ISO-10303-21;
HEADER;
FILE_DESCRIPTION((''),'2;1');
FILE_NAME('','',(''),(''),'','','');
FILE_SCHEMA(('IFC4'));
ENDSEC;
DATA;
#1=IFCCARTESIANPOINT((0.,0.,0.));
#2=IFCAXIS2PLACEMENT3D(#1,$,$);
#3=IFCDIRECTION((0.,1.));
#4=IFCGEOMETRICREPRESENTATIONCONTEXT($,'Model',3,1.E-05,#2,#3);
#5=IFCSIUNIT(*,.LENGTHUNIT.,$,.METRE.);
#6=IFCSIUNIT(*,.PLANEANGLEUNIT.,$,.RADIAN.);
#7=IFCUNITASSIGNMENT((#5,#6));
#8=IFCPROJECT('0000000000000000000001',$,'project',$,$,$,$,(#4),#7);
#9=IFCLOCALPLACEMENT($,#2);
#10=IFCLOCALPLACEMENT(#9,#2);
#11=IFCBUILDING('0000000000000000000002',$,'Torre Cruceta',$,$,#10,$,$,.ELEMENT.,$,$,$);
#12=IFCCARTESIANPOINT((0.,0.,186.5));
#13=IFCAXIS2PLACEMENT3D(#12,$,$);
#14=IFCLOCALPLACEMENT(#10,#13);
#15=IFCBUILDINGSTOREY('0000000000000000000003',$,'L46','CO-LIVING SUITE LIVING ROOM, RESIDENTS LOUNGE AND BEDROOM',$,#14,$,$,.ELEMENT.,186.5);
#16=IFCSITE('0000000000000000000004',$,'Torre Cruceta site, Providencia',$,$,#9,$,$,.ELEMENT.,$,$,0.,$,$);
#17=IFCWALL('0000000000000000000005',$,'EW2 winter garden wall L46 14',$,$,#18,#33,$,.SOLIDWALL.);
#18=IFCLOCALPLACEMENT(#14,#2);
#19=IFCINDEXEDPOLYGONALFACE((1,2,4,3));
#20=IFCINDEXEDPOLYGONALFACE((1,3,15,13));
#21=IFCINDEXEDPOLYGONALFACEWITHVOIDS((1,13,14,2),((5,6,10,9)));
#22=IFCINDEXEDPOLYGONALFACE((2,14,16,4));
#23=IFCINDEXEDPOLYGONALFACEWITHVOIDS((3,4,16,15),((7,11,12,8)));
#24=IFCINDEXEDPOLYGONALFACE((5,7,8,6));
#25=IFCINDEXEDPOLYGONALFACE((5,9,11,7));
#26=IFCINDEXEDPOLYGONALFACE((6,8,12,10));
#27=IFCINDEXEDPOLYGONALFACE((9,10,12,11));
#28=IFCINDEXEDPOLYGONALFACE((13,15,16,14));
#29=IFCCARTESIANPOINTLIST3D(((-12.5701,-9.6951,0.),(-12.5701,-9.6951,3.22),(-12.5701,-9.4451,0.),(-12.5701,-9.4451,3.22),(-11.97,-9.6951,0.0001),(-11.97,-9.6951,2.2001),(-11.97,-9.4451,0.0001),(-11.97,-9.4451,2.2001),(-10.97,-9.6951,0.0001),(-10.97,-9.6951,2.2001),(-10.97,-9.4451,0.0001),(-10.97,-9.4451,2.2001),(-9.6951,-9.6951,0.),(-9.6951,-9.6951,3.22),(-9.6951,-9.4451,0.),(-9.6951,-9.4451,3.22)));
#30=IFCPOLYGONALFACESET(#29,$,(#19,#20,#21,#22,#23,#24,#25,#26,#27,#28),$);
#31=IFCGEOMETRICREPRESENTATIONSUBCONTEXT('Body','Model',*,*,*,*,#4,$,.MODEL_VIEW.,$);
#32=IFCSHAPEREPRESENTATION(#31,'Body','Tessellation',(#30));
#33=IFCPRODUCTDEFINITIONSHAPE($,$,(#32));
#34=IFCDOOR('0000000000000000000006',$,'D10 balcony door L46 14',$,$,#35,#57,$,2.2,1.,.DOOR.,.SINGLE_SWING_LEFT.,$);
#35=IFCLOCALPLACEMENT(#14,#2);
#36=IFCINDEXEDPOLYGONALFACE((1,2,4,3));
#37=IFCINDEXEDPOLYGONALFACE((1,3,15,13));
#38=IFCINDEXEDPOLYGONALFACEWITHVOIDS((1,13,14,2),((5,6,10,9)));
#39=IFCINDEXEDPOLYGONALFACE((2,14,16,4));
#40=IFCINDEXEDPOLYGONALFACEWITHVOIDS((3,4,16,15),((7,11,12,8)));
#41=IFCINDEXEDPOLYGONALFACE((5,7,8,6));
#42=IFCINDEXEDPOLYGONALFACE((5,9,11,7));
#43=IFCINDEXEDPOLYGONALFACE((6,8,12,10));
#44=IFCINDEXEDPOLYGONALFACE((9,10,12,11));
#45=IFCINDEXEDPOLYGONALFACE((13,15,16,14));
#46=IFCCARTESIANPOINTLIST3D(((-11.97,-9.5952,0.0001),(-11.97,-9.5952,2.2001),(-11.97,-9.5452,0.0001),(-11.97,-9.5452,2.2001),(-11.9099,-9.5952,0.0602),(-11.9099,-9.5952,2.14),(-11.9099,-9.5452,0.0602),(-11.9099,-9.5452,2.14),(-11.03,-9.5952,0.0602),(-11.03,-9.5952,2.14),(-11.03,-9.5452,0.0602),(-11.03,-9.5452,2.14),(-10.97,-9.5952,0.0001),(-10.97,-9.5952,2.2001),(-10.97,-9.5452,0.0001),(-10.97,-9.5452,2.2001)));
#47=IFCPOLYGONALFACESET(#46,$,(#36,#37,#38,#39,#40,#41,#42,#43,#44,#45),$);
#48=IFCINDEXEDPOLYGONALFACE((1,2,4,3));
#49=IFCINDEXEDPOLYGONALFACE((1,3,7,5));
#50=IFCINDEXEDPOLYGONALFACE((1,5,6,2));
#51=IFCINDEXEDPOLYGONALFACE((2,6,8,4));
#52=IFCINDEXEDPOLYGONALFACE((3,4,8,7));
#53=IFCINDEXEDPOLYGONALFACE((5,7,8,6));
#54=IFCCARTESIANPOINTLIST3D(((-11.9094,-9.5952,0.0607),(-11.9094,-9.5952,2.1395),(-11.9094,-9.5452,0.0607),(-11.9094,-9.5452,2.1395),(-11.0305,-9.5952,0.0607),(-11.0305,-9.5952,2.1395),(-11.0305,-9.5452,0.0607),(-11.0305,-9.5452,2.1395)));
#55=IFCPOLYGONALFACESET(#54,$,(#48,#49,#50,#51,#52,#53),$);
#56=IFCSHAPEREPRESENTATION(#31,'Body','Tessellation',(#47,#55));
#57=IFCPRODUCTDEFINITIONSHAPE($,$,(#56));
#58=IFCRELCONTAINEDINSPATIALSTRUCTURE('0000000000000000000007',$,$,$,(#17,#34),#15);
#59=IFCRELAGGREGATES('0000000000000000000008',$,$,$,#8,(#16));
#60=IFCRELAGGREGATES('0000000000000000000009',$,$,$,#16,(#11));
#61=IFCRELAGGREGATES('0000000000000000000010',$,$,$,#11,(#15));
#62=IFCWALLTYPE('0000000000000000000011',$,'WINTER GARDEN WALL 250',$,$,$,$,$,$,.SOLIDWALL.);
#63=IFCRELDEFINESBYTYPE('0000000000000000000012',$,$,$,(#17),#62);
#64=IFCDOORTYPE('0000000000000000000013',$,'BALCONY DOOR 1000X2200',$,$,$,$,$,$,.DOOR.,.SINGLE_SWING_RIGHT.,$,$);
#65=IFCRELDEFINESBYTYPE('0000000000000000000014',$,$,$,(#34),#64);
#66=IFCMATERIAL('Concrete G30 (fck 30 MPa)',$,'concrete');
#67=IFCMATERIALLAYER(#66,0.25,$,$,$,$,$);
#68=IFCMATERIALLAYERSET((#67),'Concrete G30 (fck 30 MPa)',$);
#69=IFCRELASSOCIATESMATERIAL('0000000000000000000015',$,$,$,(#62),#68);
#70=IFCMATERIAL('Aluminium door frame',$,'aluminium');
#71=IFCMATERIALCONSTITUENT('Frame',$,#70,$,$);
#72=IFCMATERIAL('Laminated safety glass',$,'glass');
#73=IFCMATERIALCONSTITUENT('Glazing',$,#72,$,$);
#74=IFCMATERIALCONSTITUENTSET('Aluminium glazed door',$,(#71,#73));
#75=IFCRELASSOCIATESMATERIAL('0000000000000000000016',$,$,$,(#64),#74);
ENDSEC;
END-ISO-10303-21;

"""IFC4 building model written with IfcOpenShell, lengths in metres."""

from ifc_helpers import new_model, si_unit, direction, frame, frame_2d, origin, place, context, subcontext, project, spatial, rectangle, hollow_rectangle, extrude, material, layer, layer_set, constituent, constituent_set, type_object, element, fill, save


model = new_model("IFC4")

# Units and contexts
model_context = context("Model", 3, precision=1e-05, world=origin(), true_north=direction((0.0, 1.0)))
body_context = subcontext(model_context, "Body", "Model", "MODEL_VIEW")
ifc_project = project(units=[si_unit("LENGTHUNIT", "METRE"), si_unit("PLANEANGLEUNIT", "RADIAN")], contexts=[model_context])

# Site, building, storey
site_placement = place(None, origin())
site = spatial("IfcSite", under=ifc_project, at=site_placement, Name="Torre Cruceta site, Providencia", CompositionType="ELEMENT", RefElevation=0.0)
building_placement = place(site_placement, origin())
building = spatial("IfcBuilding", under=site, at=building_placement, Name="Torre Cruceta", CompositionType="ELEMENT")
storey_placement = place(building_placement, frame((0.0, 0.0, 186.5)))
storey = spatial("IfcBuildingStorey", under=building, at=storey_placement, Name="L46", Description="CO-LIVING SUITE LIVING ROOM, RESIDENTS LOUNGE AND BEDROOM", CompositionType="ELEMENT", Elevation=186.5)

# Wall, opening, door
ifc_material_1 = material(Name="Concrete G30 (fck 30 MPa)", Category="concrete")
ifc_layer_1 = layer(ifc_material_1, 0.25)
ifc_layer_set_1 = layer_set([ifc_layer_1], Name="Concrete G30 (fck 30 MPa)")
wall_type_1 = type_object("IfcWallType", Name="WINTER GARDEN WALL 250", PredefinedType="SOLIDWALL", material=ifc_layer_set_1)
wall_1_placement = place(storey_placement, frame((-12.5701, -9.5701, 0.0), z_axis=(0.0, 0.0, 1.0), x_axis=(1.0, 0.0, 0.0)))
wall_1 = element("IfcWall", 1, at=wall_1_placement, inside=storey, type_object=wall_type_1, Name="EW2 winter garden wall L46 14", PredefinedType="SOLIDWALL", context=body_context, shape_type="SweptSolid", body=[
    extrude(rectangle(XDim=2.875, YDim=0.25, at=frame_2d((1.4375, 0.0))), origin(), (0.0, 0.0, 1.0), 3.22),
])
opening_1_placement = place(wall_1_placement, frame((0.6001, 0.0, 0.0)))
opening_1 = element("IfcOpeningElement", 2, at=opening_1_placement, cuts=wall_1, PredefinedType="OPENING", context=body_context, shape_type="SweptSolid", body=[
    extrude(rectangle(XDim=1.0, YDim=2.2, at=frame_2d((0.5, 1.1001))), frame((0.0, 0.135, 0.0), z_axis=(0.0, -1.0, 0.0), x_axis=(1.0, 0.0, 0.0)), (0.0, 0.0, 1.0), 0.27),
])
ifc_material_2 = material(Name="Aluminium door frame", Category="aluminium")
ifc_constituent_1 = constituent(ifc_material_2, Name="Frame")
ifc_material_3 = material(Name="Laminated safety glass", Category="glass")
ifc_constituent_2 = constituent(ifc_material_3, Name="Glazing")
ifc_constituent_set_1 = constituent_set(constituents=[ifc_constituent_1, ifc_constituent_2], Name="Aluminium glazed door")
door_type_1 = type_object("IfcDoorType", Name="BALCONY DOOR 1000X2200", OperationType="SINGLE_SWING_RIGHT", PredefinedType="DOOR", material=ifc_constituent_set_1)
door_1_placement = place(opening_1_placement, origin())
door_1 = element("IfcDoor", 3, at=door_1_placement, inside=storey, type_object=door_type_1, Name="D10 balcony door L46 14", OperationType="SINGLE_SWING_LEFT", OverallHeight=2.2, OverallWidth=1.0, PredefinedType="DOOR", context=body_context, shape_type="SweptSolid", body=[
    extrude(hollow_rectangle(XDim=1.0, YDim=2.2, WallThickness=0.0601, at=frame_2d((0.5, 1.1001))), frame((0.0, 0.0249, 0.0), z_axis=(0.0, -1.0, 0.0), x_axis=(1.0, 0.0, 0.0)), (0.0, 0.0, 1.0), 0.05),
    extrude(rectangle(XDim=0.8789, YDim=2.0789, at=frame_2d((0.5, 1.1001))), frame((0.0, 0.0249, 0.0), z_axis=(0.0, -1.0, 0.0), x_axis=(1.0, 0.0, 0.0)), (0.0, 0.0, 1.0), 0.05),
])
fill(opening_1, door_1)

save(model, "model.ifc")
